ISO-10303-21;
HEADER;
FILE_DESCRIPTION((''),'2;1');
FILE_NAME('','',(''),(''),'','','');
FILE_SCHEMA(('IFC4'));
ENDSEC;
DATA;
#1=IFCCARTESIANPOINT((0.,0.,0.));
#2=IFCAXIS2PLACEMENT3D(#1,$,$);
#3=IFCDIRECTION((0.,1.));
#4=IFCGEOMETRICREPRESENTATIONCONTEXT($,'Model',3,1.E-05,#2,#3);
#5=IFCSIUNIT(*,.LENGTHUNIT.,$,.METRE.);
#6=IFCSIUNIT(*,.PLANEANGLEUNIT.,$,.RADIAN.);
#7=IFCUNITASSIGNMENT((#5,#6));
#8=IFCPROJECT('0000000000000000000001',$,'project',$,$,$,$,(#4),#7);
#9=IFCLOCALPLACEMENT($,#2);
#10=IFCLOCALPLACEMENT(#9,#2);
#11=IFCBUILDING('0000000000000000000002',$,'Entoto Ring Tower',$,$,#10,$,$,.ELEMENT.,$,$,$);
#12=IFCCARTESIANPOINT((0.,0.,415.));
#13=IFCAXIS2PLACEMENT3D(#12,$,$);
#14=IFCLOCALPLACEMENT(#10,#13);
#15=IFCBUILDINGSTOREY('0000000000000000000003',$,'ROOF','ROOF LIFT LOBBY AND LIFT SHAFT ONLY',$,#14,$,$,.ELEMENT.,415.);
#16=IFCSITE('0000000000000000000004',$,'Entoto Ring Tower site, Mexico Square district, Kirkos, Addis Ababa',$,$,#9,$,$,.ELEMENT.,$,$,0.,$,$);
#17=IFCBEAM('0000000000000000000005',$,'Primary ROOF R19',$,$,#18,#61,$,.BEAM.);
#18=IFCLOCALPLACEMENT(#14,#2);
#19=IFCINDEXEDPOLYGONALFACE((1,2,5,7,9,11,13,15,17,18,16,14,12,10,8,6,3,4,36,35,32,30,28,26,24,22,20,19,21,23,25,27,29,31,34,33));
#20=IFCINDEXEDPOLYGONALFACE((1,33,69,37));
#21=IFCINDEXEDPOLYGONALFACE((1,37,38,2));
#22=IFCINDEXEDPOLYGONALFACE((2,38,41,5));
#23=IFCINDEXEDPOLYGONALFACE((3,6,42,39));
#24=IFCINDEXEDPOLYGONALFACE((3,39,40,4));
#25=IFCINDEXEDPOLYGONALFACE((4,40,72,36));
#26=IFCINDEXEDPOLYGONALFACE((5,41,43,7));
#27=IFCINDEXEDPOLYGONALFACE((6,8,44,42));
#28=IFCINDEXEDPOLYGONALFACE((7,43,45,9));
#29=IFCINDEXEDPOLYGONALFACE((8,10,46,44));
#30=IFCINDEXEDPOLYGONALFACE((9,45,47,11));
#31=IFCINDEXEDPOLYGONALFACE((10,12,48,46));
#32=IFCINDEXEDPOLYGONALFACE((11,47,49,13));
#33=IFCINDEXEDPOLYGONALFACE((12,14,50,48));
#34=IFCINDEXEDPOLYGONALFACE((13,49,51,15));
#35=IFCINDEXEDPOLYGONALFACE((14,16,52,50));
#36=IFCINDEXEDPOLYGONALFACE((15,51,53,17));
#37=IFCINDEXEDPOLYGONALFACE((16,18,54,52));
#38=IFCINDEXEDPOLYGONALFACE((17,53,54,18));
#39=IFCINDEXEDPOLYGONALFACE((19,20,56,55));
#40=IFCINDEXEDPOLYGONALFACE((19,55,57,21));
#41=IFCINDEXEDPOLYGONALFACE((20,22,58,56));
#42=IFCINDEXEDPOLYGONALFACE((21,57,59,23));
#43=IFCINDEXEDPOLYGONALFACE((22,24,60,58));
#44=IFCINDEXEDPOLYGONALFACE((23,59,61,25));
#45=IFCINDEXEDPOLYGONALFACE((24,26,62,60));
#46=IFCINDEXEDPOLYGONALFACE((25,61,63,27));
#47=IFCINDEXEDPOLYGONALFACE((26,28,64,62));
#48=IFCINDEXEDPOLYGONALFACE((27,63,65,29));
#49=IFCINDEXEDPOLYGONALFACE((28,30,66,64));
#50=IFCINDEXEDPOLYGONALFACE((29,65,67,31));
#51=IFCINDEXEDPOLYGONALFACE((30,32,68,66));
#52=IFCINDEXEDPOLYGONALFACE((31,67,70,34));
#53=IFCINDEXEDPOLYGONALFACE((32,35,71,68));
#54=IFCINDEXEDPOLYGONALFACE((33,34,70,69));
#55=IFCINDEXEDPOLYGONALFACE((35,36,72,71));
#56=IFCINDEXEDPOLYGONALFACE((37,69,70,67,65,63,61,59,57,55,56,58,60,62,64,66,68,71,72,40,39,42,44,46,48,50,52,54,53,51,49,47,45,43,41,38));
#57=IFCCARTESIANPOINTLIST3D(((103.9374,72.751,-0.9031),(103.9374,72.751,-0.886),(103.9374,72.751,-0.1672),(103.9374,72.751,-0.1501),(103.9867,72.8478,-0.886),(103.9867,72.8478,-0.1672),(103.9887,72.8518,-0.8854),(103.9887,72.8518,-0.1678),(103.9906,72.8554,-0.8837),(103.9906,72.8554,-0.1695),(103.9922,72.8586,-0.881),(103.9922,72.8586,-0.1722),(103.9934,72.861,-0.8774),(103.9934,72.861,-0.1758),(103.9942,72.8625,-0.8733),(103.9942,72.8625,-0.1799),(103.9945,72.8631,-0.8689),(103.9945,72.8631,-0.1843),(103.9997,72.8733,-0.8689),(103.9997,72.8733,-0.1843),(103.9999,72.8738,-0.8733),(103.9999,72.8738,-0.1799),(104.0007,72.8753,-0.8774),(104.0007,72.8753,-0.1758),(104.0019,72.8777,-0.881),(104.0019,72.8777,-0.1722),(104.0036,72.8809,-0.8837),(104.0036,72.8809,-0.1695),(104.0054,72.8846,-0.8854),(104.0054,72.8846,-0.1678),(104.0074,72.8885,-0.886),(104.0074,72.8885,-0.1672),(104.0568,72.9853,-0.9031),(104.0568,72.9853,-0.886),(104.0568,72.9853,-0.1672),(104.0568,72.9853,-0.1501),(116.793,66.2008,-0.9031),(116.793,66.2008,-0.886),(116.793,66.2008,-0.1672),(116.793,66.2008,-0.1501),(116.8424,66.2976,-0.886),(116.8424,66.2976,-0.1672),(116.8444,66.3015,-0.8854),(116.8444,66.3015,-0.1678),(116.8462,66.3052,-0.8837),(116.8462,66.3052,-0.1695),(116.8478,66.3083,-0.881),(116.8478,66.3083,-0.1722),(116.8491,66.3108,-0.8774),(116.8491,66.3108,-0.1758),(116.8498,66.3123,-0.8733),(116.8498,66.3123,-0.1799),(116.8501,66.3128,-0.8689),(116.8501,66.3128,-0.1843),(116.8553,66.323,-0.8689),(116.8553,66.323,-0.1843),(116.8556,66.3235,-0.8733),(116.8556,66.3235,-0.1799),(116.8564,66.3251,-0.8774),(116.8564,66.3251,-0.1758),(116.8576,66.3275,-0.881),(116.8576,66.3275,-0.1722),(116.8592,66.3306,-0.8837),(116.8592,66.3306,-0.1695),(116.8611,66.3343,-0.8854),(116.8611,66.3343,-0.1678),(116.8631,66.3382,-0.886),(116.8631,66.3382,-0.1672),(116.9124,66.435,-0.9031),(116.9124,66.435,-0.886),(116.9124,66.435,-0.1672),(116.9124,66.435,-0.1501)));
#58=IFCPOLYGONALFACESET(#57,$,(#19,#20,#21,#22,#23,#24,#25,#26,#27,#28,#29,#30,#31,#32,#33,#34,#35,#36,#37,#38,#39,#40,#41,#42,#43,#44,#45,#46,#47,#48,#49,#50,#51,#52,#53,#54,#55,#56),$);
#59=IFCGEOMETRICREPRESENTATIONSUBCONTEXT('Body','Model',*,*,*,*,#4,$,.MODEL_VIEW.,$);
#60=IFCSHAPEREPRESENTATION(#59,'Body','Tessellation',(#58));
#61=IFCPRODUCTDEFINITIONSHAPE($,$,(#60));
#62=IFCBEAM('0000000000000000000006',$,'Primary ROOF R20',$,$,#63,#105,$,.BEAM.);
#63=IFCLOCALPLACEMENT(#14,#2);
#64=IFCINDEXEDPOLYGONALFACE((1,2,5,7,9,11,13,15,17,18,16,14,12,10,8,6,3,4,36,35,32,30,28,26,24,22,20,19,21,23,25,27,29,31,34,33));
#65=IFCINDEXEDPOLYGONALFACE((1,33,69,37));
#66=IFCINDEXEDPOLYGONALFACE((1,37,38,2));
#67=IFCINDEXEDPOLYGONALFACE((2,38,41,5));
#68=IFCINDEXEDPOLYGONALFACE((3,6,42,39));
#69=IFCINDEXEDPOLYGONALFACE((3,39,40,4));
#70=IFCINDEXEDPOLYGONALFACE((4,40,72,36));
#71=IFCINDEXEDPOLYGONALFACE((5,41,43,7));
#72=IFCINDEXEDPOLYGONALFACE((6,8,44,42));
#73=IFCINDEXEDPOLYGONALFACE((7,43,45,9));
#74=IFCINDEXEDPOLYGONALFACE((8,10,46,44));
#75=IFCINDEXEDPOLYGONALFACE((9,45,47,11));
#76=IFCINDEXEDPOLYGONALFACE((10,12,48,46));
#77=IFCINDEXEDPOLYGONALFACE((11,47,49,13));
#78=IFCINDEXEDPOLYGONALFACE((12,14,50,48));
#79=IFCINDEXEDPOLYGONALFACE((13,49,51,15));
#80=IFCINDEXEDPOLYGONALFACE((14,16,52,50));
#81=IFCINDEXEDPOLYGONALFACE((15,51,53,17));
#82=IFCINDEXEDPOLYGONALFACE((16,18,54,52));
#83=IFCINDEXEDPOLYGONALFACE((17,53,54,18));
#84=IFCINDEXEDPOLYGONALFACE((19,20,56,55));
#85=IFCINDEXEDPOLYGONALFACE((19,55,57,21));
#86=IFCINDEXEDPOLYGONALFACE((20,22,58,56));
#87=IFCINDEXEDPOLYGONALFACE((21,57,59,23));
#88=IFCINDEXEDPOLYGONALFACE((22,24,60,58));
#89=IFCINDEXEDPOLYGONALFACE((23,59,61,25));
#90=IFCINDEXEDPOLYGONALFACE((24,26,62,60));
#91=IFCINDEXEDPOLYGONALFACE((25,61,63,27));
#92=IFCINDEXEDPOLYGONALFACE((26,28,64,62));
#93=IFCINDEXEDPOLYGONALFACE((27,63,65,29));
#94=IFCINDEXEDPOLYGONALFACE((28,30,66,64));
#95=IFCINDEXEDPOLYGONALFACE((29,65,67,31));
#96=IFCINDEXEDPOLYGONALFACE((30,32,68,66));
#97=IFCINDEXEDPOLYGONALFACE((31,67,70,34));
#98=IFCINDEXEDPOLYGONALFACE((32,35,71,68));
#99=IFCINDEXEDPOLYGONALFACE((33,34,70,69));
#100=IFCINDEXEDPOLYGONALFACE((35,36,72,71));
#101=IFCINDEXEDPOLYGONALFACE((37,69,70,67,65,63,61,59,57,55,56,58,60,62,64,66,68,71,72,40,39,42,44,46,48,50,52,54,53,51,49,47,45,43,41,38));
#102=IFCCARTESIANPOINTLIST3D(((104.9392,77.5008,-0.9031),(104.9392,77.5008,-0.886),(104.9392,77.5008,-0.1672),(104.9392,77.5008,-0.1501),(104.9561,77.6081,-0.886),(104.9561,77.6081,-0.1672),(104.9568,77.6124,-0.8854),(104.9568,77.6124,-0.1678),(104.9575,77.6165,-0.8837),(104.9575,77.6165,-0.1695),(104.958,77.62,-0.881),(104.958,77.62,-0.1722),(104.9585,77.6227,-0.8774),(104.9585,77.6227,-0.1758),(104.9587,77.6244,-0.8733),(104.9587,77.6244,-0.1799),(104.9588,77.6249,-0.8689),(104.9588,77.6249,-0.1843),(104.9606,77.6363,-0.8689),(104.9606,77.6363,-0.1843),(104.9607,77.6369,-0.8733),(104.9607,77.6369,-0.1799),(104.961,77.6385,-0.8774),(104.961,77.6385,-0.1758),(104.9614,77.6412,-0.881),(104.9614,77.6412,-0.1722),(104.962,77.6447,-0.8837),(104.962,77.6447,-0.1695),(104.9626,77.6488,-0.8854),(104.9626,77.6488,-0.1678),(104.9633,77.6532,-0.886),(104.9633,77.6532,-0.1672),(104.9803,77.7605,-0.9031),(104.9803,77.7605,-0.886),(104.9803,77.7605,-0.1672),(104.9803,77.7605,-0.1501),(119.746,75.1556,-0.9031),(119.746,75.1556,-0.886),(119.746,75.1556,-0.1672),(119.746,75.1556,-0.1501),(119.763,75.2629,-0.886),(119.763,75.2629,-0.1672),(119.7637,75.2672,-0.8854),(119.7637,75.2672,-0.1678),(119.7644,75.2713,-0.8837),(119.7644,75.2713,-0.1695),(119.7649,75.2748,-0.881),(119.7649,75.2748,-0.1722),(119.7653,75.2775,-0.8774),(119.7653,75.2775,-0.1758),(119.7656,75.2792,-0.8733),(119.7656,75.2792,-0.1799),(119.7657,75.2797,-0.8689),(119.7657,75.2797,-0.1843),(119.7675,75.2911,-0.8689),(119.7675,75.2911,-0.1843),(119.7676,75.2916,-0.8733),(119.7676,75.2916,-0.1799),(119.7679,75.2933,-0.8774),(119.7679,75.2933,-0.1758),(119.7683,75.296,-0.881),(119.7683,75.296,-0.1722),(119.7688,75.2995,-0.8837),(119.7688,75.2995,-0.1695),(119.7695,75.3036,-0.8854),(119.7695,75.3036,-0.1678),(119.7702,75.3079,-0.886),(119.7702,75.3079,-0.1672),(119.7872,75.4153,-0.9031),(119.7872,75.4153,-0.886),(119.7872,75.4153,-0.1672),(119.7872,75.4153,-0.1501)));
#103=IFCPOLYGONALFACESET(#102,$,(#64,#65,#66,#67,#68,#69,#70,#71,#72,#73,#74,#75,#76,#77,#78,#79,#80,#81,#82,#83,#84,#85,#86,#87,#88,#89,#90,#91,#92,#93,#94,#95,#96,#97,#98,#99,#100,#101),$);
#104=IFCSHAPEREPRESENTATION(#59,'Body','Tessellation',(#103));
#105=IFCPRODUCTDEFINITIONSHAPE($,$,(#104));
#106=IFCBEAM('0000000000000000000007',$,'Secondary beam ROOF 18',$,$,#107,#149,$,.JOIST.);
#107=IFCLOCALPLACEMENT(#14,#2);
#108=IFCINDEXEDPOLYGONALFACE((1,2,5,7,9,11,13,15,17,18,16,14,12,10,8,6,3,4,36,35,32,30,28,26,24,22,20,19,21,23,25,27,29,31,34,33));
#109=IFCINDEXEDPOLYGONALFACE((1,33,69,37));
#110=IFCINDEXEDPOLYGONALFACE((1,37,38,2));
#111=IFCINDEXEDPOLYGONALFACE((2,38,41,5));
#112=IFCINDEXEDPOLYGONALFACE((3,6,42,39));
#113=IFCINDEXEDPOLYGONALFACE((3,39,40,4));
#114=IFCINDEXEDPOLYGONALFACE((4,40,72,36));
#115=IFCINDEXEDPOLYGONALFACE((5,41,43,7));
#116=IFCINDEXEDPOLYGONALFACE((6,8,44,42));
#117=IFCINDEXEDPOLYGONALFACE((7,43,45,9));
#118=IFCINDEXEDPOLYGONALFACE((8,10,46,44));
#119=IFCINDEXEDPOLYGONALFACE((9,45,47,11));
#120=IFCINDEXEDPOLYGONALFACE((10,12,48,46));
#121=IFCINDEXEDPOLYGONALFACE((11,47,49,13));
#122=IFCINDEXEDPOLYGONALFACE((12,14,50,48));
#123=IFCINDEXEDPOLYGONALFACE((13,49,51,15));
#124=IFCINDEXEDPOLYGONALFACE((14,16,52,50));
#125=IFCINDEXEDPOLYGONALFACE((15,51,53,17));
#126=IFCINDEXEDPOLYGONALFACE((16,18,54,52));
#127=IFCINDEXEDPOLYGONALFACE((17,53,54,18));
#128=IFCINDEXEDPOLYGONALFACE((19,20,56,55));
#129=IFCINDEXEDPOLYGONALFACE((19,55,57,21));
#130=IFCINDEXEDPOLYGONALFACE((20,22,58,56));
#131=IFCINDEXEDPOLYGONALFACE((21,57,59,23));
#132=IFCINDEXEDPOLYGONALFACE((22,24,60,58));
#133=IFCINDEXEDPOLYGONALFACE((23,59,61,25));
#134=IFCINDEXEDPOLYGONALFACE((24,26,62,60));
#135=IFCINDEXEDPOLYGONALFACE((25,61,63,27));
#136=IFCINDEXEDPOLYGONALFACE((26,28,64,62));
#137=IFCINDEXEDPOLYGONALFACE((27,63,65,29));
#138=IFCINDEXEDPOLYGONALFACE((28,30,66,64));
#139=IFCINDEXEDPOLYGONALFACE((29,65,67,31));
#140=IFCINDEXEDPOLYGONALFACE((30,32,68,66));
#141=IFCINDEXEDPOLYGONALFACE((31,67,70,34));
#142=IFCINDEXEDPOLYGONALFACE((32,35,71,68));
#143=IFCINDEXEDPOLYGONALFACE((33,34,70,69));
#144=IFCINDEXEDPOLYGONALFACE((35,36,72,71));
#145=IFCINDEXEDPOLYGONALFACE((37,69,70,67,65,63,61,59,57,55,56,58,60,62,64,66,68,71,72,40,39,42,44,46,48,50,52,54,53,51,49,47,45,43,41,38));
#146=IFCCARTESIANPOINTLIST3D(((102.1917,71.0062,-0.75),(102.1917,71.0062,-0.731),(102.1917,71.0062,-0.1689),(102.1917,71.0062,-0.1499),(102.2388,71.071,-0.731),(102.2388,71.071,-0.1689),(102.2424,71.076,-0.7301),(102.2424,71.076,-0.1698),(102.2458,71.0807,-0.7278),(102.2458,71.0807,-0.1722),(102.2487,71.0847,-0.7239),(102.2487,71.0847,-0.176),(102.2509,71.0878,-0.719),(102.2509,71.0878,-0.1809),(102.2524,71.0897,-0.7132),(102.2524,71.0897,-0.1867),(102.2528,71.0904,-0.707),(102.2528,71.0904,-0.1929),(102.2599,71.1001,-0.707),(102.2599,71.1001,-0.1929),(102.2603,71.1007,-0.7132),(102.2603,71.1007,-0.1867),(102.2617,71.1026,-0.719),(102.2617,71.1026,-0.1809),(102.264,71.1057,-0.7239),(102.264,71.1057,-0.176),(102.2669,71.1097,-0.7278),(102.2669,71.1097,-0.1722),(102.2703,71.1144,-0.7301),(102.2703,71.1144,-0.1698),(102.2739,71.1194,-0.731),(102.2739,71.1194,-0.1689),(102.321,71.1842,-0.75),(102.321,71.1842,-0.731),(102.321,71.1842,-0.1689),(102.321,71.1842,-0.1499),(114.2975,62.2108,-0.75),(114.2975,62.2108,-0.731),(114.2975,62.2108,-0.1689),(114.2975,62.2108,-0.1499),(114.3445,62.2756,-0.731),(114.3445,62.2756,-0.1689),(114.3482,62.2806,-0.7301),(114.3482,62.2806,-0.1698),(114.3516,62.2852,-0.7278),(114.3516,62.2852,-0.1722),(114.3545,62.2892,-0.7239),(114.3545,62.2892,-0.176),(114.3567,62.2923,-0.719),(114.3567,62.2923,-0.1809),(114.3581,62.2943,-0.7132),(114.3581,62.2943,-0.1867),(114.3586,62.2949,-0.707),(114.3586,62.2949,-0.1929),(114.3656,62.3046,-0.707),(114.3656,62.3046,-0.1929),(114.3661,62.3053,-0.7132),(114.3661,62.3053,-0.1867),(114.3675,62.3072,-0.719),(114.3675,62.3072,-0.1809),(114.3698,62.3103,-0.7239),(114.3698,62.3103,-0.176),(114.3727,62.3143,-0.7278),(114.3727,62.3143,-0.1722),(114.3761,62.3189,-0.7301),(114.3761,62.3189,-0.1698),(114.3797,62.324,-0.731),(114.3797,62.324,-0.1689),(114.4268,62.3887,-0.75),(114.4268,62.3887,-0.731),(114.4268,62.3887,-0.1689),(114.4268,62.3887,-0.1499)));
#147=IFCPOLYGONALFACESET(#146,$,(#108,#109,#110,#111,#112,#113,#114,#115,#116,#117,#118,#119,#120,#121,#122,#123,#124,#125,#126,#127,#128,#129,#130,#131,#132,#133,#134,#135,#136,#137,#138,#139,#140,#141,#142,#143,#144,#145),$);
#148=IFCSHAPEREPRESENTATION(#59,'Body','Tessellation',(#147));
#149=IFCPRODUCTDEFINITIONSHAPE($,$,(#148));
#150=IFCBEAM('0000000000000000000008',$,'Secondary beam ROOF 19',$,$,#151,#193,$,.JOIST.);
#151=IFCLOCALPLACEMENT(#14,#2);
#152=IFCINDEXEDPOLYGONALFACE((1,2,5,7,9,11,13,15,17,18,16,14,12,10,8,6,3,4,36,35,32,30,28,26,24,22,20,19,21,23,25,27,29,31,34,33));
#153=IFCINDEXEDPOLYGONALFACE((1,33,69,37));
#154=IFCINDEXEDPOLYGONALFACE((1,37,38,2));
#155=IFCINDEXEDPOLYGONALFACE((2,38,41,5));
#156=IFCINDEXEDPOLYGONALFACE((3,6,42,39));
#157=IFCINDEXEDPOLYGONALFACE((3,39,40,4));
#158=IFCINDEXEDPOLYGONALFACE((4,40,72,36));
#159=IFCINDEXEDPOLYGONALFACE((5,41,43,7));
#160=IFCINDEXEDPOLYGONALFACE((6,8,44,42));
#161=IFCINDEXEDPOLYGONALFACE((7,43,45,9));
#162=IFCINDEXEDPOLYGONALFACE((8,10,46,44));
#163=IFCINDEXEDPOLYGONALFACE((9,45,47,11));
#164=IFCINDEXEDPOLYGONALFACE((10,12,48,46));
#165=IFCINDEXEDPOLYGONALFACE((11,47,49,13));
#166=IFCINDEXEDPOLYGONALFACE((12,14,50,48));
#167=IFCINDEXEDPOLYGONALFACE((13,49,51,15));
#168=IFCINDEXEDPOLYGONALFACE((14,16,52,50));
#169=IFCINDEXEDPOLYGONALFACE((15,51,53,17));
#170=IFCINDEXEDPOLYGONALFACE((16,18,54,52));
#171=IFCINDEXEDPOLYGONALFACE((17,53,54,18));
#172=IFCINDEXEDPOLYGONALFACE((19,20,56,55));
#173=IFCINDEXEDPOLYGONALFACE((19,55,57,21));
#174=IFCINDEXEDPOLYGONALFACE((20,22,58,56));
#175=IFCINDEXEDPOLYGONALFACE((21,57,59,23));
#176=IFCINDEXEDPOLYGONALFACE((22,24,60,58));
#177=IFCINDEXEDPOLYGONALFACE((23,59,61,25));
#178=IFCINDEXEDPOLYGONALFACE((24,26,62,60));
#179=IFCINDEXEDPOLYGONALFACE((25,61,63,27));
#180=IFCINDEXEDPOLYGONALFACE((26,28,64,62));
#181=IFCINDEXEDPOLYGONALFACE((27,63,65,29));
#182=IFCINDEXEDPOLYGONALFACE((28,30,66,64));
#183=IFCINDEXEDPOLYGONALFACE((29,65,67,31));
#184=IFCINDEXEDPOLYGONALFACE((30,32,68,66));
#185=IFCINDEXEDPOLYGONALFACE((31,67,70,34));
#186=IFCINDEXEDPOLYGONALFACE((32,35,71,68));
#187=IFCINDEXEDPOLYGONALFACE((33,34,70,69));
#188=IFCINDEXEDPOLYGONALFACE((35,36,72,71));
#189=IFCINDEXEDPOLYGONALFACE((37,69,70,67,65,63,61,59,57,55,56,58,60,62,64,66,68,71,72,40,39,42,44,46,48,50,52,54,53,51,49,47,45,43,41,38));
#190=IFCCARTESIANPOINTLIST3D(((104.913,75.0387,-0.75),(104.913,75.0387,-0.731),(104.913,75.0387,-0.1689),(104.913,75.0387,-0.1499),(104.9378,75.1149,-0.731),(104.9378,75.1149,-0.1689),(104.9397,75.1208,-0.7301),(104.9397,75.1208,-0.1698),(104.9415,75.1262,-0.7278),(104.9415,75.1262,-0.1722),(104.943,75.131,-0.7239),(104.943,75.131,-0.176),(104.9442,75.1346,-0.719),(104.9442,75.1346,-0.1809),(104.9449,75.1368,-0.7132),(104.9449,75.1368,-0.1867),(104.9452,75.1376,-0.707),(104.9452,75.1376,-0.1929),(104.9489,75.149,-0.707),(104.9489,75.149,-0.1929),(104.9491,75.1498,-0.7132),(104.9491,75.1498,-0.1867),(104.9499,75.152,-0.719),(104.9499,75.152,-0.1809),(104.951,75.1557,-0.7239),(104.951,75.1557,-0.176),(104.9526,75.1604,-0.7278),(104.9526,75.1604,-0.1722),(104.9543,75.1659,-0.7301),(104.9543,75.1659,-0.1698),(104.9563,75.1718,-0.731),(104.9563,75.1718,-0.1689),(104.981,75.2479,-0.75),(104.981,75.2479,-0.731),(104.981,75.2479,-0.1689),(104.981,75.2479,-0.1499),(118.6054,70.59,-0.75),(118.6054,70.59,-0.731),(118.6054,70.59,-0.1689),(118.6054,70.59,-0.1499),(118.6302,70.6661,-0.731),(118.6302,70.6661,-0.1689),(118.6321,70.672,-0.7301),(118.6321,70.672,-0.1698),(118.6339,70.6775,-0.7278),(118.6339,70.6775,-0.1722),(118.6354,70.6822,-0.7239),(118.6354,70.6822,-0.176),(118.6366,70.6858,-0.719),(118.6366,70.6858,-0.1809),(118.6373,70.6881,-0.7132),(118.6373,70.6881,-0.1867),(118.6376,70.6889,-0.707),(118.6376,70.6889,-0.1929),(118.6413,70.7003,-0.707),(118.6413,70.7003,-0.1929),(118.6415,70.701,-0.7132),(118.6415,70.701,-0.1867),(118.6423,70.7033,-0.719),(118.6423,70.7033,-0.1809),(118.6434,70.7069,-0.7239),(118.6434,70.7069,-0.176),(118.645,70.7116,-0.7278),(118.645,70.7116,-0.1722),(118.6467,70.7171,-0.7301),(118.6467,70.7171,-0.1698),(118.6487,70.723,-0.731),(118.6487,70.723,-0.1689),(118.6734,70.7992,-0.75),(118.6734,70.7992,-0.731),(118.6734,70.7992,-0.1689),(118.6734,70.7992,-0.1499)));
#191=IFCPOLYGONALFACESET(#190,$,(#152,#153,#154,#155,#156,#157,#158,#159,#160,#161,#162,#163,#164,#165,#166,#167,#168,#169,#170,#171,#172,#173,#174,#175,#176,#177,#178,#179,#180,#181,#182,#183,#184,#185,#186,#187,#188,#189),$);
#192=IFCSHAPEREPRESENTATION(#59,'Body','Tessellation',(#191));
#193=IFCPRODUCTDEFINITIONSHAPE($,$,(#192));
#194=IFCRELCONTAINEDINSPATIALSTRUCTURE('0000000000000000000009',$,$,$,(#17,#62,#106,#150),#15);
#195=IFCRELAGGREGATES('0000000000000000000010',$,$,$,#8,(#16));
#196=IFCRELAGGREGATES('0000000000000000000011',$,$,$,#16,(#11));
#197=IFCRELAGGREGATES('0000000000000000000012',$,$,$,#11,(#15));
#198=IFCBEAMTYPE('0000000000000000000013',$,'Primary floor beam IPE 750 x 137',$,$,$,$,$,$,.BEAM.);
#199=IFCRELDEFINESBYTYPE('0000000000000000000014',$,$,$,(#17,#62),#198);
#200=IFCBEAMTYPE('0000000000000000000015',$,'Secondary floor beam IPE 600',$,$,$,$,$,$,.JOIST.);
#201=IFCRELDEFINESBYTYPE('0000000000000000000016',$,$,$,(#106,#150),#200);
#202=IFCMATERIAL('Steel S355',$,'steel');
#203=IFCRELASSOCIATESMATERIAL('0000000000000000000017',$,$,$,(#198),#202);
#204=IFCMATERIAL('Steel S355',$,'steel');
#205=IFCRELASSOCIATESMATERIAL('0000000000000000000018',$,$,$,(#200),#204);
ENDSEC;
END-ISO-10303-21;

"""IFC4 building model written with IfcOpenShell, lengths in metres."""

from ifc_helpers import new_model, si_unit, direction, frame, origin, origin_2d, place, context, subcontext, project, spatial, i_section, extrude, material, material_profile, profile_set, type_object, element, save


model = new_model("IFC4")

# Units and contexts
model_context = context("Model", 3, precision=1e-05, world=origin(), true_north=direction((0.0, 1.0)))
body_context = subcontext(model_context, "Body", "Model", "MODEL_VIEW")
ifc_project = project(units=[si_unit("LENGTHUNIT", "METRE"), si_unit("PLANEANGLEUNIT", "RADIAN")], contexts=[model_context])

# Site, building, storey
site_placement = place(None, origin())
site = spatial("IfcSite", under=ifc_project, at=site_placement, Name="Entoto Ring Tower site, Mexico Square district, Kirkos, Addis Ababa", CompositionType="ELEMENT", RefElevation=0.0)
building_placement = place(site_placement, origin())
building = spatial("IfcBuilding", under=site, at=building_placement, Name="Entoto Ring Tower", CompositionType="ELEMENT")
storey_placement = place(building_placement, frame((0.0, 0.0, 415.0)))
storey = spatial("IfcBuildingStorey", under=building, at=storey_placement, Name="ROOF", Description="ROOF LIFT LOBBY AND LIFT SHAFT ONLY", CompositionType="ELEMENT", Elevation=415.0)

# Beams
ifc_material_1 = material(Name="Steel S355", Category="steel")
ifc_material_profile_1 = material_profile(ifc_material_1, i_section(OverallWidth=0.2629, OverallDepth=0.7529, WebThickness=0.0115, FlangeThickness=0.0171, FilletRadius=0.0171, at=origin_2d()), Name="IPE 750 x 137")
ifc_profile_set_1 = profile_set([ifc_material_profile_1], Name="Steel S355")
beam_type_1 = type_object("IfcBeamType", Name="Primary floor beam IPE 750 x 137", PredefinedType="BEAM", material=ifc_profile_set_1)
beam_1_placement = place(storey_placement, frame((103.9971, 72.8682, -0.5266), z_axis=(0.891007, -0.453989, 0.0), x_axis=(0.453989, 0.891007, 0.0)))
element("IfcBeam", 1, at=beam_1_placement, inside=storey, type_object=beam_type_1, Name="Primary ROOF R19", PredefinedType="BEAM", context=body_context, shape_type="SweptSolid", body=[
    extrude(i_section(OverallWidth=0.2629, OverallDepth=0.7529, WebThickness=0.0115, FlangeThickness=0.0171, FilletRadius=0.0171, at=origin_2d()), origin(), (0.0, 0.0, 1.0), 14.4282),
])
beam_2_placement = place(storey_placement, frame((104.9597, 77.6306, -0.5266), z_axis=(0.987688, -0.156437, 0.0), x_axis=(0.156437, 0.987688, 0.0)))
element("IfcBeam", 2, at=beam_2_placement, inside=storey, type_object=beam_type_1, Name="Primary ROOF R20", PredefinedType="BEAM", context=body_context, shape_type="SweptSolid", body=[
    extrude(i_section(OverallWidth=0.2629, OverallDepth=0.7529, WebThickness=0.0115, FlangeThickness=0.0171, FilletRadius=0.0171, at=origin_2d()), origin(), (0.0, 0.0, 1.0), 14.9915),
])
ifc_material_2 = material(Name="Steel S355", Category="steel")
ifc_material_profile_2 = material_profile(ifc_material_2, i_section(OverallWidth=0.22, OverallDepth=0.6001, WebThickness=0.012, FlangeThickness=0.019, FilletRadius=0.0239, at=origin_2d()), Name="IPE 600")
ifc_profile_set_2 = profile_set([ifc_material_profile_2], Name="Steel S355")
beam_type_2 = type_object("IfcBeamType", Name="Secondary floor beam IPE 600", PredefinedType="JOIST", material=ifc_profile_set_2)
beam_3_placement = place(storey_placement, frame((102.2563, 71.0952, -0.45), z_axis=(0.809014, -0.587789, 0.0), x_axis=(0.587789, 0.809014, 0.0)))
element("IfcBeam", 3, at=beam_3_placement, inside=storey, type_object=beam_type_2, Name="Secondary beam ROOF 18", PredefinedType="JOIST", context=body_context, shape_type="SweptSolid", body=[
    extrude(i_section(OverallWidth=0.22, OverallDepth=0.6001, WebThickness=0.012, FlangeThickness=0.019, FilletRadius=0.0239, at=origin_2d()), origin(), (0.0, 0.0, 1.0), 14.9636),
])
beam_4_placement = place(storey_placement, frame((104.947, 75.1433, -0.45), z_axis=(0.95106, -0.309005, 0.0), x_axis=(0.309005, 0.95106, 0.0)))
element("IfcBeam", 4, at=beam_4_placement, inside=storey, type_object=beam_type_2, Name="Secondary beam ROOF 19", PredefinedType="JOIST", context=body_context, shape_type="SweptSolid", body=[
    extrude(i_section(OverallWidth=0.22, OverallDepth=0.6001, WebThickness=0.012, FlangeThickness=0.019, FilletRadius=0.0239, at=origin_2d()), origin(), (0.0, 0.0, 1.0), 14.397),
])

save(model, "model.ifc")
